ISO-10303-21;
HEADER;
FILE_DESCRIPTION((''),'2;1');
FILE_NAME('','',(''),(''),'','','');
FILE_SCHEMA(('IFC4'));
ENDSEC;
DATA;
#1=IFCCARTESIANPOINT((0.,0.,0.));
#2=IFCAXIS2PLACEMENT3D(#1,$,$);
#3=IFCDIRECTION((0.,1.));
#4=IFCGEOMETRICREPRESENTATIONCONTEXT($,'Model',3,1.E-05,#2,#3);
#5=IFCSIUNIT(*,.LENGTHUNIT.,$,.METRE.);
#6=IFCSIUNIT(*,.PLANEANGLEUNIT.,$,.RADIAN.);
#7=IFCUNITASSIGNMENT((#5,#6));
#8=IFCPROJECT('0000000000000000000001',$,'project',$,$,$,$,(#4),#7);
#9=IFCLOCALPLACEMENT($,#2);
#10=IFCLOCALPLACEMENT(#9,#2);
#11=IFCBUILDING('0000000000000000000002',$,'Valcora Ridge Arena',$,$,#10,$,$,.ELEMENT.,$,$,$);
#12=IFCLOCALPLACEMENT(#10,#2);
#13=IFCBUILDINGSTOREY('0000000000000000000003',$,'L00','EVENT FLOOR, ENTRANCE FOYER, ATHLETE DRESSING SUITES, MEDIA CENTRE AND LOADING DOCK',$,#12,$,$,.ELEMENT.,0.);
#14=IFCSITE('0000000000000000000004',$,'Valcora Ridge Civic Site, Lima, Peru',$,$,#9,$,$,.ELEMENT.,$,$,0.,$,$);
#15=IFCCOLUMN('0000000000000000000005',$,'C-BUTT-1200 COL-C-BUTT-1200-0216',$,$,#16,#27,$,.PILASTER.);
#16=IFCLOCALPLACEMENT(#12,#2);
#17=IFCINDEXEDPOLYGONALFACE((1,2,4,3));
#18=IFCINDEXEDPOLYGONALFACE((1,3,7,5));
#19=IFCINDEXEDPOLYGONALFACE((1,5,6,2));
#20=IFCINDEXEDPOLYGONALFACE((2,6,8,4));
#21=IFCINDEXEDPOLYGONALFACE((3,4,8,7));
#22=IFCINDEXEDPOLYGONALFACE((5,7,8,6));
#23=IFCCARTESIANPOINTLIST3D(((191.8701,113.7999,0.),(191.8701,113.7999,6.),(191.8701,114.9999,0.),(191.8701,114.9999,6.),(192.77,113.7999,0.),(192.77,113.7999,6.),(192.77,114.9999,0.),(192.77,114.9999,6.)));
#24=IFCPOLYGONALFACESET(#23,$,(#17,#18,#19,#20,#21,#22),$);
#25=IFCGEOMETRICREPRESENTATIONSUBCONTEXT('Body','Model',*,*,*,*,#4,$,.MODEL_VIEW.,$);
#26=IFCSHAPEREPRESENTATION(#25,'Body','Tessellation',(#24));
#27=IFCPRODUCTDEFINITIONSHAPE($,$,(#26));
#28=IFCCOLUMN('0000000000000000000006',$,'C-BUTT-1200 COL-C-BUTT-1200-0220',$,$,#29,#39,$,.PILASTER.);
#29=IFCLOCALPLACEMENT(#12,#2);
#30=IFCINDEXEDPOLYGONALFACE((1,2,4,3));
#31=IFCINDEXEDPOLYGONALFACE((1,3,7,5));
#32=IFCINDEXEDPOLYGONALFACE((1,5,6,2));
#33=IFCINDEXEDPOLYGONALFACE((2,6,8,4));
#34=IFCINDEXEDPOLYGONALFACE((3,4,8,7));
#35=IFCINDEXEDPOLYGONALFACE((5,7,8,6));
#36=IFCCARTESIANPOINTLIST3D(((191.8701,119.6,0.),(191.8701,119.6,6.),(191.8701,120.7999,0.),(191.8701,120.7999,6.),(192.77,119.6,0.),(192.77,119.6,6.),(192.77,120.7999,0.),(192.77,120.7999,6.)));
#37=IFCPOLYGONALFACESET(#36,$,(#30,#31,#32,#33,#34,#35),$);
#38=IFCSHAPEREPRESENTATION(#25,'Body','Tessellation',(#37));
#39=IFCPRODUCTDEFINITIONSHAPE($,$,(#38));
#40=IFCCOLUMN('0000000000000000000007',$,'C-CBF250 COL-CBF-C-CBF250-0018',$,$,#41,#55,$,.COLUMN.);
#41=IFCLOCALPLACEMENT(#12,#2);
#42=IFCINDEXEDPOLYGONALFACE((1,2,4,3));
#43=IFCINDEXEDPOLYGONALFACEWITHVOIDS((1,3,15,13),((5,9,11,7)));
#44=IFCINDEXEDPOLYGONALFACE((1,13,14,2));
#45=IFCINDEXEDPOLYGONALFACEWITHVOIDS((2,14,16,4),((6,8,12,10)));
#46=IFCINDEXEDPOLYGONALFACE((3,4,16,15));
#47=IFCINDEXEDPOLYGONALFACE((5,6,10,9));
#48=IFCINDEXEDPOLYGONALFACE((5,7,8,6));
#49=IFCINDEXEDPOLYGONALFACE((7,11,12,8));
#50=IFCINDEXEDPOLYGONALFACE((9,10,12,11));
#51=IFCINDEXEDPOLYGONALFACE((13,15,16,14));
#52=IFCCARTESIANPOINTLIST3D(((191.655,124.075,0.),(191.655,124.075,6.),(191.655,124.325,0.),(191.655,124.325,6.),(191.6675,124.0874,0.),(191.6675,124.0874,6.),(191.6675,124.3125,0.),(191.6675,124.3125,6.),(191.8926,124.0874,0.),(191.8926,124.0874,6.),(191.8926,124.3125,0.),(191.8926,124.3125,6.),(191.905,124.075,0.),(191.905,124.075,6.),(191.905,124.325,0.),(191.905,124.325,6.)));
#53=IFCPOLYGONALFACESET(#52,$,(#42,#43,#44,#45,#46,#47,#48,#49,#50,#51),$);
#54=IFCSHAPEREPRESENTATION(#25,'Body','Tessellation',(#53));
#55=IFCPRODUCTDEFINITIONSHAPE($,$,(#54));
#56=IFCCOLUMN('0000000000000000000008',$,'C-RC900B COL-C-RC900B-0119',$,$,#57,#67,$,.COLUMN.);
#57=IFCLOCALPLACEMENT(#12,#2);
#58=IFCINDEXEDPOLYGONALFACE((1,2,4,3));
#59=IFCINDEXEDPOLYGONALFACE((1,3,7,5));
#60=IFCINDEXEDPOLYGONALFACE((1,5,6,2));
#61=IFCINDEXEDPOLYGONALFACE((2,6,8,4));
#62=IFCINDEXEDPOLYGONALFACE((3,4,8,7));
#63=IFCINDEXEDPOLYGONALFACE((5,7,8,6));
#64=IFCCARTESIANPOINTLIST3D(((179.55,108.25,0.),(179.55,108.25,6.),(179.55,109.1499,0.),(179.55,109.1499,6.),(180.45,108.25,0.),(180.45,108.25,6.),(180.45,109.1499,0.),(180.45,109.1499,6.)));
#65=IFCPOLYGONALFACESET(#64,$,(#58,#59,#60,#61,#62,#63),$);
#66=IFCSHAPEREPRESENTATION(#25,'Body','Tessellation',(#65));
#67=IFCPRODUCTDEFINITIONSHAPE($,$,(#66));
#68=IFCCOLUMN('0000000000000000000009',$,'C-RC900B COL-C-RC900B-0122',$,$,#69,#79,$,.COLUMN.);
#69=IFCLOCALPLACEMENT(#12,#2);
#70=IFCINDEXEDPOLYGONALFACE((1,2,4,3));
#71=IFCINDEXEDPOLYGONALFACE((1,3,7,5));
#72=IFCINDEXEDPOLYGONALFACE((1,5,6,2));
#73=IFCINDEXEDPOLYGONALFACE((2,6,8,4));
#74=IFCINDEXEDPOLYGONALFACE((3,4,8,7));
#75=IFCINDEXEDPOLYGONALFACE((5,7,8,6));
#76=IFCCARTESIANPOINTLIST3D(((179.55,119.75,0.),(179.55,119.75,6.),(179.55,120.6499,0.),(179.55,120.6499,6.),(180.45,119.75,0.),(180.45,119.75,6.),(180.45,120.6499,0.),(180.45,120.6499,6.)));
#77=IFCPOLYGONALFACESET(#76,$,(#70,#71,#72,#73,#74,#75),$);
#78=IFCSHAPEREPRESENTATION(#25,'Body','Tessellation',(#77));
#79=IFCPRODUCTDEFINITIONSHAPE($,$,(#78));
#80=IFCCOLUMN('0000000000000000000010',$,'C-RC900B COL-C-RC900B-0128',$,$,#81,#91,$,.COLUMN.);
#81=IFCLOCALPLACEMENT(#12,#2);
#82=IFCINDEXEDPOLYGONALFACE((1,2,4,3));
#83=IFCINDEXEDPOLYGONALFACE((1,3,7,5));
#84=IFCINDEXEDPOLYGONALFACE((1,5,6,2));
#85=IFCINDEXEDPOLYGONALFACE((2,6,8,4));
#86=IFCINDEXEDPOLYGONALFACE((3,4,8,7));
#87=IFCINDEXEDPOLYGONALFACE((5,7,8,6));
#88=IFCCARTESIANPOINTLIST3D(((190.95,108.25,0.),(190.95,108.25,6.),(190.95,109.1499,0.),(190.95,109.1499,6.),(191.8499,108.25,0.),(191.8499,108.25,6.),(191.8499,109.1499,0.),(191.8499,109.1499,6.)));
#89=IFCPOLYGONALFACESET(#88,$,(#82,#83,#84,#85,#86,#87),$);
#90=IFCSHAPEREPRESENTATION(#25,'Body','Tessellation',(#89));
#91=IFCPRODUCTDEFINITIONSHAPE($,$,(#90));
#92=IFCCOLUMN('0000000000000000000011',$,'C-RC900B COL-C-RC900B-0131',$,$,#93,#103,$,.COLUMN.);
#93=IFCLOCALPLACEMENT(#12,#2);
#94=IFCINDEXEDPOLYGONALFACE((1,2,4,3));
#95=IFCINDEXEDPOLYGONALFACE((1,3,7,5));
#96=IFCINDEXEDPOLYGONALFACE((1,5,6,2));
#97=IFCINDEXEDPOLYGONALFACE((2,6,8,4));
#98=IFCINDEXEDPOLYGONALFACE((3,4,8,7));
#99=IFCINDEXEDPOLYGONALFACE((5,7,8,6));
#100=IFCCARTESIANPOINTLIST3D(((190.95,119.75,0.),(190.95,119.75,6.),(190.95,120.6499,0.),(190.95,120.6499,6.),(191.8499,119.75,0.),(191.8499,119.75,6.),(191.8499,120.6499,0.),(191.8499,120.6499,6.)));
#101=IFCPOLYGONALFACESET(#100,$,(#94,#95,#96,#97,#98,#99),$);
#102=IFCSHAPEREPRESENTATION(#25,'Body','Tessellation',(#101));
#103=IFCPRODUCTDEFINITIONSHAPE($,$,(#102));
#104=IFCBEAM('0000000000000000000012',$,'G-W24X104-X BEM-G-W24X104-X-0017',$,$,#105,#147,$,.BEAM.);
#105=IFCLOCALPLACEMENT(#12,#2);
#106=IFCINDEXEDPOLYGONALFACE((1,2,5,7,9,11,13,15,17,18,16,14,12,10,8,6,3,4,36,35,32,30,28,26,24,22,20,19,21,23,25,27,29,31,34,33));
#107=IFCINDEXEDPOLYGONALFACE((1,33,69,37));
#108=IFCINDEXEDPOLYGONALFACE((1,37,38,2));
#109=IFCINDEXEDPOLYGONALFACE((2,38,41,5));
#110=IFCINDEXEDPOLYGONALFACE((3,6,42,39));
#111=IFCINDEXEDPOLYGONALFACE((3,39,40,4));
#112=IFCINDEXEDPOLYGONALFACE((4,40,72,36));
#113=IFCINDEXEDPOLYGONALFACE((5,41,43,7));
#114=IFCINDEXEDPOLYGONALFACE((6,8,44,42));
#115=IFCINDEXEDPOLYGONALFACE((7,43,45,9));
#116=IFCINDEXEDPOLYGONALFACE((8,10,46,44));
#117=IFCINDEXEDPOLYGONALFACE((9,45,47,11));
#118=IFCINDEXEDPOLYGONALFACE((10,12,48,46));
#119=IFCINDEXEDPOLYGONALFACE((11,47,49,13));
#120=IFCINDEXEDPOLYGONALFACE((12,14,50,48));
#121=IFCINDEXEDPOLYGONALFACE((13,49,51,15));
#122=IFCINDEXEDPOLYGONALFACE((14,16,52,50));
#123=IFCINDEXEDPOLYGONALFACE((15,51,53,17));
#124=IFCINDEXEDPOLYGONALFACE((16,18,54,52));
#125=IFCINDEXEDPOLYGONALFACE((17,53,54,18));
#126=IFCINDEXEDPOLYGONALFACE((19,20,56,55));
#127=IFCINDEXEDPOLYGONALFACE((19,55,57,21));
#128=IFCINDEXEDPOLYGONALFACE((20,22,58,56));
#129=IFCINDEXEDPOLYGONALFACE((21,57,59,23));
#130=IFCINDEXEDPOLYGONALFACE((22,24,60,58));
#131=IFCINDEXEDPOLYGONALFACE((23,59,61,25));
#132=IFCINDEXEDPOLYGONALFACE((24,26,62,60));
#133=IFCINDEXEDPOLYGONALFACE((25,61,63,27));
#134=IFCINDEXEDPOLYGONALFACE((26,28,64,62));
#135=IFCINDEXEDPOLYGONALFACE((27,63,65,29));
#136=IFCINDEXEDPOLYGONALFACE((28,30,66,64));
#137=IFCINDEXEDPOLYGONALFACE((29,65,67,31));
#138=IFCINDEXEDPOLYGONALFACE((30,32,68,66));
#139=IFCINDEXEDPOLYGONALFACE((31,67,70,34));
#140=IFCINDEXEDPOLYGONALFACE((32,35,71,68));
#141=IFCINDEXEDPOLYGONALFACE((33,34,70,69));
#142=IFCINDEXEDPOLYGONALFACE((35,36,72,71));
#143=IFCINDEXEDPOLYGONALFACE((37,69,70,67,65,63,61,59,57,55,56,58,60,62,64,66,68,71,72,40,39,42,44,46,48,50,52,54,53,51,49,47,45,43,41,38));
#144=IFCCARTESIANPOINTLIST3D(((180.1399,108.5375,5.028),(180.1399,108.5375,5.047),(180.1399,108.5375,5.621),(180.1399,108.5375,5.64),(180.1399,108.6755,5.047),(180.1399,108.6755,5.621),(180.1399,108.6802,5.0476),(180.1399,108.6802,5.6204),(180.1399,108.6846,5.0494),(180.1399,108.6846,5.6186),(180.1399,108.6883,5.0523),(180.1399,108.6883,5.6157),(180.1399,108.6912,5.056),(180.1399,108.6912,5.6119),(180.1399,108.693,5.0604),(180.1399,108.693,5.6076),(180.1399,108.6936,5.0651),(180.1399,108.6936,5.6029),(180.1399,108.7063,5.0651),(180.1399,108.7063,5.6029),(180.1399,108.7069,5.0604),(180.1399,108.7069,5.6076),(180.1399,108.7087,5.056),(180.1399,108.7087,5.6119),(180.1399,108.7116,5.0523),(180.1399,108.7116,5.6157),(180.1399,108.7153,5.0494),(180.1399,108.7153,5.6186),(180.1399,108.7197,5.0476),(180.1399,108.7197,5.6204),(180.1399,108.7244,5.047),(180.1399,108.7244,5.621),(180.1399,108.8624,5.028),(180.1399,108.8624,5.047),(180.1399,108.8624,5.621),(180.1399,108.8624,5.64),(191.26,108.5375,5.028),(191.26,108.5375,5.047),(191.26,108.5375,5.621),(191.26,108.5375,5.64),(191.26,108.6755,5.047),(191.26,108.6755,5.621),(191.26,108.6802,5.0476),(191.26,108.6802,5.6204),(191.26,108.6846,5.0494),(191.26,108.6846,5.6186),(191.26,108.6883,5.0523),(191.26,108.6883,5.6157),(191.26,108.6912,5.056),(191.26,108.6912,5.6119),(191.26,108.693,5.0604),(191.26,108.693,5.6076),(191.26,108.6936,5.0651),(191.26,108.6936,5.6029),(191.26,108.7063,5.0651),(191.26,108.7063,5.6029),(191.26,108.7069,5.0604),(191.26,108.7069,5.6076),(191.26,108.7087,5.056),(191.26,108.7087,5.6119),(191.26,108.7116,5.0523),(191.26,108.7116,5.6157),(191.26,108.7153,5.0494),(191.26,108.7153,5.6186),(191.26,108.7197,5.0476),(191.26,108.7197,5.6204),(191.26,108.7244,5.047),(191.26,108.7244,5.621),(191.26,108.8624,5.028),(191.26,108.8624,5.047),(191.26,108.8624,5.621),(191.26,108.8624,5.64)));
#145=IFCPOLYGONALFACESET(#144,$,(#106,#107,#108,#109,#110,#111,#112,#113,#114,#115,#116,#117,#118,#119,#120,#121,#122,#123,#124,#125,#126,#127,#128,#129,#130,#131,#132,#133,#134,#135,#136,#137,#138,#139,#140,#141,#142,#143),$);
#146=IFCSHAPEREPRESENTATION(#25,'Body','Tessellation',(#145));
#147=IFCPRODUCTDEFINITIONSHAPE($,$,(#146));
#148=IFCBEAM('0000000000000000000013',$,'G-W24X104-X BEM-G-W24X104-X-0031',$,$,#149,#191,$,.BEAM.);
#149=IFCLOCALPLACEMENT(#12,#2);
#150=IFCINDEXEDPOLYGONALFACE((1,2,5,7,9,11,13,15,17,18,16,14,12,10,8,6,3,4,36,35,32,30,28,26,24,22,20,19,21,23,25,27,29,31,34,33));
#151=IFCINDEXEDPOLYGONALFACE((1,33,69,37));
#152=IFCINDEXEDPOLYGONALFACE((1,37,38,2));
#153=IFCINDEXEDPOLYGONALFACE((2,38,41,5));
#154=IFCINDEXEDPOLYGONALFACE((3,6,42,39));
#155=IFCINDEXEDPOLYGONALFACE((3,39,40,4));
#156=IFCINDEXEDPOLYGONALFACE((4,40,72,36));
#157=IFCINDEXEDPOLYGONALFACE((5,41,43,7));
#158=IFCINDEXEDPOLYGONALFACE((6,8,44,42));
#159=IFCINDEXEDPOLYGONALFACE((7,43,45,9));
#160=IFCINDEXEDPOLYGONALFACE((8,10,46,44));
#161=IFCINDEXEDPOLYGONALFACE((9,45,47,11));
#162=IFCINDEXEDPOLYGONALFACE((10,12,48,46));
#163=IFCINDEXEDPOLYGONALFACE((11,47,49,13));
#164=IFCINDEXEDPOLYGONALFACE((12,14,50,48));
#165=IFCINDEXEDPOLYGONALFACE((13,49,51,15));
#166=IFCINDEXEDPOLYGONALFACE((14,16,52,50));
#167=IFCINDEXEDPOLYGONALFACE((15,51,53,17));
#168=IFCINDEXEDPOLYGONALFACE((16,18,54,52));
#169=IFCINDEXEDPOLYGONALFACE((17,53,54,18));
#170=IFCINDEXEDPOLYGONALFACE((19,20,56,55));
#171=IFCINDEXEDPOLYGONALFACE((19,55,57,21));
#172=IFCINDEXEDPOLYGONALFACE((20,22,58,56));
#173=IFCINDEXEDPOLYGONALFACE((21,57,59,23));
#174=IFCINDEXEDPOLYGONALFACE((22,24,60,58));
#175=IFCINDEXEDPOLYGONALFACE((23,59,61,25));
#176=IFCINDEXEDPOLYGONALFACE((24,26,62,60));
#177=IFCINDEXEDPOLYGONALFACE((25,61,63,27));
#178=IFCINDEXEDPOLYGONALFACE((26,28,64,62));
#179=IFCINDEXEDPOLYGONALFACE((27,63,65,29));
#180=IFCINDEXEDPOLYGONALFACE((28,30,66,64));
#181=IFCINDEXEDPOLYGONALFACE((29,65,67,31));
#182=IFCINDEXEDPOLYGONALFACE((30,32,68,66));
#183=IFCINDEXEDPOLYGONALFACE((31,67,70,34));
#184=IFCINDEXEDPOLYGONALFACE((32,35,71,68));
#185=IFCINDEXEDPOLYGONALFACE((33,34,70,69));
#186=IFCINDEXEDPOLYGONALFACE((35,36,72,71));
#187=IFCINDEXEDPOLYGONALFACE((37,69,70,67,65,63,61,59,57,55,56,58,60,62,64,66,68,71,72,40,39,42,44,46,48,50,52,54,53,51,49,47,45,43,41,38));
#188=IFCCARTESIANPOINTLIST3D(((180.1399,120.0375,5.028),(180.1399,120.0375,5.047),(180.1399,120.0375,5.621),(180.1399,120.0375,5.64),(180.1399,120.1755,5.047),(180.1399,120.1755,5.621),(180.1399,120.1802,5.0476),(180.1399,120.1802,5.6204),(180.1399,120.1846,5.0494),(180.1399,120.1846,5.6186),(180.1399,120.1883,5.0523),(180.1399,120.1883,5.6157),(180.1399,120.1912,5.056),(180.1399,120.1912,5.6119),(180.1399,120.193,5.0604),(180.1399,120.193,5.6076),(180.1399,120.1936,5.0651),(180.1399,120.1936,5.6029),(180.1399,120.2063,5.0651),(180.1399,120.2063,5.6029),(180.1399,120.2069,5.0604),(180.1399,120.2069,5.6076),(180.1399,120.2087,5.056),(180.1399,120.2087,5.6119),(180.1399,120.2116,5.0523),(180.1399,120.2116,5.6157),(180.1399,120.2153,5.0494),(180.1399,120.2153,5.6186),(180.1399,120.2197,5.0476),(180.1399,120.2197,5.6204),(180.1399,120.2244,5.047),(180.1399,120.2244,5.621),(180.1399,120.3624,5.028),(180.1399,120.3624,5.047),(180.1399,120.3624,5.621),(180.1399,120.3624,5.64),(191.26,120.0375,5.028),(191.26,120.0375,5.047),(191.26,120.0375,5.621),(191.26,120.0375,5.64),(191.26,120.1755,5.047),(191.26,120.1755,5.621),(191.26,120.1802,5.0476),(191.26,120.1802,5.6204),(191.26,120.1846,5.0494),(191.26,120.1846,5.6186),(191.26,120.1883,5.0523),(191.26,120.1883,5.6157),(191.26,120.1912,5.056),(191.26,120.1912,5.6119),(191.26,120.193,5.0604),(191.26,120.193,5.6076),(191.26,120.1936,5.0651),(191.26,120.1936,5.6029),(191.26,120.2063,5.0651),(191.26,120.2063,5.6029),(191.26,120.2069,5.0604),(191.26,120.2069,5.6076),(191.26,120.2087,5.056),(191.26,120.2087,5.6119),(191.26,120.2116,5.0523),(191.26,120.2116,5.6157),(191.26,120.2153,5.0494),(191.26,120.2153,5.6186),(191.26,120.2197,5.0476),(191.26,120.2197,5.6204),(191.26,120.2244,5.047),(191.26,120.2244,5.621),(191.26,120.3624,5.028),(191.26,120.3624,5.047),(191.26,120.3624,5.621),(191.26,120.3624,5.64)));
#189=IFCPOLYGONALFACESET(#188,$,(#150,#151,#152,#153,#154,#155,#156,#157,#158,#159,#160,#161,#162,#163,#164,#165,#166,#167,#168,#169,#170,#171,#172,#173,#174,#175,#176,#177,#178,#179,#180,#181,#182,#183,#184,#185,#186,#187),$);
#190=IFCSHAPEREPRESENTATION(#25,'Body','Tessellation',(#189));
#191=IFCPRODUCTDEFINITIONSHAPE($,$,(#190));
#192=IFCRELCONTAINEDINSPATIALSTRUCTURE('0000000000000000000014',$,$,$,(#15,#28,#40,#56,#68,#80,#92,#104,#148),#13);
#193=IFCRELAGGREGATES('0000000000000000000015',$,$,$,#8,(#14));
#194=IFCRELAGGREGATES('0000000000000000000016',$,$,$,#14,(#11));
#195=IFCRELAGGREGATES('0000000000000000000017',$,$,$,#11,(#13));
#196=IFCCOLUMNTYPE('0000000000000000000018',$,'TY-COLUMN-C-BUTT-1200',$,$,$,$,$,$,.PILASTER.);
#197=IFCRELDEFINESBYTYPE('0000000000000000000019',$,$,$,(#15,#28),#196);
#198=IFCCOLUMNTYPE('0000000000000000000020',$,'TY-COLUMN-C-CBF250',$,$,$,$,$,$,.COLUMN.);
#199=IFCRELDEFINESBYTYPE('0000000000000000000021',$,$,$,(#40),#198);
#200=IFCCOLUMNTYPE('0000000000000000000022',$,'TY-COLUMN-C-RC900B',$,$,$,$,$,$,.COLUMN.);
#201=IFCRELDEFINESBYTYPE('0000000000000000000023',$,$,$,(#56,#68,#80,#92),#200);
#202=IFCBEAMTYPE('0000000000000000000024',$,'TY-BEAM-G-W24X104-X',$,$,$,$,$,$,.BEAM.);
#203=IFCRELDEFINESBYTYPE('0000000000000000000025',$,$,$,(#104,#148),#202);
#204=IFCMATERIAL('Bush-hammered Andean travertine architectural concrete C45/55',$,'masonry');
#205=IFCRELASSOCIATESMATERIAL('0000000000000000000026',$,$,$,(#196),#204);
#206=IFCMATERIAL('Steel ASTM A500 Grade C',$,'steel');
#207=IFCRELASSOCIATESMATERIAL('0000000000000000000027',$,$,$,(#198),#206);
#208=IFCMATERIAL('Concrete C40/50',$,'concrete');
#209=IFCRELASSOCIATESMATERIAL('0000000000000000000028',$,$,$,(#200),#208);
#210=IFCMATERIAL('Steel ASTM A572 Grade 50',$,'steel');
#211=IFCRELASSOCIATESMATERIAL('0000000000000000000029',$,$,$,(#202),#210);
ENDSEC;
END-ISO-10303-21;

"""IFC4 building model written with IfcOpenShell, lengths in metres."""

from ifc_helpers import new_model, si_unit, direction, frame, origin, origin_2d, place, context, subcontext, project, spatial, rectangle, hollow_rectangle, i_section, extrude, material, material_profile, profile_set, type_object, element, save


model = new_model("IFC4")

# Units and contexts
model_context = context("Model", 3, precision=1e-05, world=origin(), true_north=direction((0.0, 1.0)))
body_context = subcontext(model_context, "Body", "Model", "MODEL_VIEW")
ifc_project = project(units=[si_unit("LENGTHUNIT", "METRE"), si_unit("PLANEANGLEUNIT", "RADIAN")], contexts=[model_context])

# Site, building, storey
site_placement = place(None, origin())
site = spatial("IfcSite", under=ifc_project, at=site_placement, Name="Valcora Ridge Civic Site, Lima, Peru", CompositionType="ELEMENT", RefElevation=0.0)
building_placement = place(site_placement, origin())
building = spatial("IfcBuilding", under=site, at=building_placement, Name="Valcora Ridge Arena", CompositionType="ELEMENT")
storey_placement = place(building_placement, origin())
storey = spatial("IfcBuildingStorey", under=building, at=storey_placement, Name="L00", Description="EVENT FLOOR, ENTRANCE FOYER, ATHLETE DRESSING SUITES, MEDIA CENTRE AND LOADING DOCK", CompositionType="ELEMENT", Elevation=0.0)

# Columns
ifc_material_1 = material(Name="Bush-hammered Andean travertine architectural concrete C45/55", Category="masonry")
ifc_material_profile_1 = material_profile(ifc_material_1, rectangle(XDim=0.8999, YDim=1.2, at=origin_2d()), Name="RC 900x1200")
ifc_profile_set_1 = profile_set([ifc_material_profile_1], Name="Bush-hammered Andean travertine architectural concrete C45/55")
column_type_1 = type_object("IfcColumnType", Name="TY-COLUMN-C-BUTT-1200", PredefinedType="PILASTER", material=ifc_profile_set_1)
for number, where, z_axis, x_axis, name in (
    (1, (192.3201, 114.3999, 0.0), (0.0, 0.0, 1.0), (1.0, 0.0, 0.0), "C-BUTT-1200 COL-C-BUTT-1200-0216"),
    (2, (192.3201, 120.2, 0.0), (0.0, 0.0, 1.0), (1.0, 0.0, 0.0), "C-BUTT-1200 COL-C-BUTT-1200-0220"),
):
    element("IfcColumn", number, at=place(storey_placement, frame(where, z_axis=z_axis, x_axis=x_axis)), inside=storey, type_object=column_type_1, Name=name, PredefinedType="PILASTER", context=body_context, shape_type="SweptSolid", body=[
        extrude(rectangle(XDim=0.8999, YDim=1.2, at=origin_2d()), origin(), (0.0, 0.0, 1.0), 6.0),
    ])
ifc_material_2 = material(Name="Steel ASTM A500 Grade C", Category="steel")
ifc_material_profile_2 = material_profile(ifc_material_2, hollow_rectangle(XDim=0.25, YDim=0.25, WallThickness=0.0125, at=origin_2d()), Name="HSS250X250X12")
ifc_profile_set_2 = profile_set([ifc_material_profile_2], Name="Steel ASTM A500 Grade C")
column_type_2 = type_object("IfcColumnType", Name="TY-COLUMN-C-CBF250", PredefinedType="COLUMN", material=ifc_profile_set_2)
column_placement = place(storey_placement, frame((191.78, 124.2, 0.0), z_axis=(0.0, 0.0, 1.0), x_axis=(1.0, 0.0, 0.0)))
element("IfcColumn", 3, at=column_placement, inside=storey, type_object=column_type_2, Name="C-CBF250 COL-CBF-C-CBF250-0018", PredefinedType="COLUMN", context=body_context, shape_type="SweptSolid", body=[
    extrude(hollow_rectangle(XDim=0.25, YDim=0.25, WallThickness=0.0125, at=origin_2d()), origin(), (0.0, 0.0, 1.0), 6.0),
])
ifc_material_3 = material(Name="Concrete C40/50", Category="concrete")
ifc_material_profile_3 = material_profile(ifc_material_3, rectangle(XDim=0.8999, YDim=0.8999, at=origin_2d()), Name="RC 900x900")
ifc_profile_set_3 = profile_set([ifc_material_profile_3], Name="Concrete C40/50")
column_type_3 = type_object("IfcColumnType", Name="TY-COLUMN-C-RC900B", PredefinedType="COLUMN", material=ifc_profile_set_3)
for number, where, z_axis, x_axis, name in (
    (4, (180.0, 108.7, 0.0), (0.0, 0.0, 1.0), (1.0, 0.0, 0.0), "C-RC900B COL-C-RC900B-0119"),
    (5, (180.0, 120.2, 0.0), (0.0, 0.0, 1.0), (1.0, 0.0, 0.0), "C-RC900B COL-C-RC900B-0122"),
    (6, (191.3999, 108.7, 0.0), (0.0, 0.0, 1.0), (1.0, 0.0, 0.0), "C-RC900B COL-C-RC900B-0128"),
    (7, (191.3999, 120.2, 0.0), (0.0, 0.0, 1.0), (1.0, 0.0, 0.0), "C-RC900B COL-C-RC900B-0131"),
):
    element("IfcColumn", number, at=place(storey_placement, frame(where, z_axis=z_axis, x_axis=x_axis)), inside=storey, type_object=column_type_3, Name=name, PredefinedType="COLUMN", context=body_context, shape_type="SweptSolid", body=[
        extrude(rectangle(XDim=0.8999, YDim=0.8999, at=origin_2d()), origin(), (0.0, 0.0, 1.0), 6.0),
    ])

# Beams
ifc_material_4 = material(Name="Steel ASTM A572 Grade 50", Category="steel")
ifc_material_profile_4 = material_profile(ifc_material_4, i_section(OverallWidth=0.325, OverallDepth=0.6121, WebThickness=0.0127, FlangeThickness=0.019, FilletRadius=0.0181, at=origin_2d()), Name="W24X104")
ifc_profile_set_4 = profile_set([ifc_material_profile_4], Name="Steel ASTM A572 Grade 50")
beam_type_1 = type_object("IfcBeamType", Name="TY-BEAM-G-W24X104-X", PredefinedType="BEAM", material=ifc_profile_set_4)
for number, where, z_axis, x_axis, name in (
    (8, (180.1399, 108.7, 5.334), (1.0, 0.0, 0.0), (0.0, 1.0, 0.0), "G-W24X104-X BEM-G-W24X104-X-0017"),
    (9, (180.1399, 120.2, 5.334), (1.0, 0.0, 0.0), (0.0, 1.0, 0.0), "G-W24X104-X BEM-G-W24X104-X-0031"),
):
    element("IfcBeam", number, at=place(storey_placement, frame(where, z_axis=z_axis, x_axis=x_axis)), inside=storey, type_object=beam_type_1, Name=name, PredefinedType="BEAM", context=body_context, shape_type="SweptSolid", body=[
        extrude(i_section(OverallWidth=0.325, OverallDepth=0.6121, WebThickness=0.0127, FlangeThickness=0.019, FilletRadius=0.0181, at=origin_2d()), origin(), (0.0, 0.0, 1.0), 11.1201),
    ])

save(model, "model.ifc")
